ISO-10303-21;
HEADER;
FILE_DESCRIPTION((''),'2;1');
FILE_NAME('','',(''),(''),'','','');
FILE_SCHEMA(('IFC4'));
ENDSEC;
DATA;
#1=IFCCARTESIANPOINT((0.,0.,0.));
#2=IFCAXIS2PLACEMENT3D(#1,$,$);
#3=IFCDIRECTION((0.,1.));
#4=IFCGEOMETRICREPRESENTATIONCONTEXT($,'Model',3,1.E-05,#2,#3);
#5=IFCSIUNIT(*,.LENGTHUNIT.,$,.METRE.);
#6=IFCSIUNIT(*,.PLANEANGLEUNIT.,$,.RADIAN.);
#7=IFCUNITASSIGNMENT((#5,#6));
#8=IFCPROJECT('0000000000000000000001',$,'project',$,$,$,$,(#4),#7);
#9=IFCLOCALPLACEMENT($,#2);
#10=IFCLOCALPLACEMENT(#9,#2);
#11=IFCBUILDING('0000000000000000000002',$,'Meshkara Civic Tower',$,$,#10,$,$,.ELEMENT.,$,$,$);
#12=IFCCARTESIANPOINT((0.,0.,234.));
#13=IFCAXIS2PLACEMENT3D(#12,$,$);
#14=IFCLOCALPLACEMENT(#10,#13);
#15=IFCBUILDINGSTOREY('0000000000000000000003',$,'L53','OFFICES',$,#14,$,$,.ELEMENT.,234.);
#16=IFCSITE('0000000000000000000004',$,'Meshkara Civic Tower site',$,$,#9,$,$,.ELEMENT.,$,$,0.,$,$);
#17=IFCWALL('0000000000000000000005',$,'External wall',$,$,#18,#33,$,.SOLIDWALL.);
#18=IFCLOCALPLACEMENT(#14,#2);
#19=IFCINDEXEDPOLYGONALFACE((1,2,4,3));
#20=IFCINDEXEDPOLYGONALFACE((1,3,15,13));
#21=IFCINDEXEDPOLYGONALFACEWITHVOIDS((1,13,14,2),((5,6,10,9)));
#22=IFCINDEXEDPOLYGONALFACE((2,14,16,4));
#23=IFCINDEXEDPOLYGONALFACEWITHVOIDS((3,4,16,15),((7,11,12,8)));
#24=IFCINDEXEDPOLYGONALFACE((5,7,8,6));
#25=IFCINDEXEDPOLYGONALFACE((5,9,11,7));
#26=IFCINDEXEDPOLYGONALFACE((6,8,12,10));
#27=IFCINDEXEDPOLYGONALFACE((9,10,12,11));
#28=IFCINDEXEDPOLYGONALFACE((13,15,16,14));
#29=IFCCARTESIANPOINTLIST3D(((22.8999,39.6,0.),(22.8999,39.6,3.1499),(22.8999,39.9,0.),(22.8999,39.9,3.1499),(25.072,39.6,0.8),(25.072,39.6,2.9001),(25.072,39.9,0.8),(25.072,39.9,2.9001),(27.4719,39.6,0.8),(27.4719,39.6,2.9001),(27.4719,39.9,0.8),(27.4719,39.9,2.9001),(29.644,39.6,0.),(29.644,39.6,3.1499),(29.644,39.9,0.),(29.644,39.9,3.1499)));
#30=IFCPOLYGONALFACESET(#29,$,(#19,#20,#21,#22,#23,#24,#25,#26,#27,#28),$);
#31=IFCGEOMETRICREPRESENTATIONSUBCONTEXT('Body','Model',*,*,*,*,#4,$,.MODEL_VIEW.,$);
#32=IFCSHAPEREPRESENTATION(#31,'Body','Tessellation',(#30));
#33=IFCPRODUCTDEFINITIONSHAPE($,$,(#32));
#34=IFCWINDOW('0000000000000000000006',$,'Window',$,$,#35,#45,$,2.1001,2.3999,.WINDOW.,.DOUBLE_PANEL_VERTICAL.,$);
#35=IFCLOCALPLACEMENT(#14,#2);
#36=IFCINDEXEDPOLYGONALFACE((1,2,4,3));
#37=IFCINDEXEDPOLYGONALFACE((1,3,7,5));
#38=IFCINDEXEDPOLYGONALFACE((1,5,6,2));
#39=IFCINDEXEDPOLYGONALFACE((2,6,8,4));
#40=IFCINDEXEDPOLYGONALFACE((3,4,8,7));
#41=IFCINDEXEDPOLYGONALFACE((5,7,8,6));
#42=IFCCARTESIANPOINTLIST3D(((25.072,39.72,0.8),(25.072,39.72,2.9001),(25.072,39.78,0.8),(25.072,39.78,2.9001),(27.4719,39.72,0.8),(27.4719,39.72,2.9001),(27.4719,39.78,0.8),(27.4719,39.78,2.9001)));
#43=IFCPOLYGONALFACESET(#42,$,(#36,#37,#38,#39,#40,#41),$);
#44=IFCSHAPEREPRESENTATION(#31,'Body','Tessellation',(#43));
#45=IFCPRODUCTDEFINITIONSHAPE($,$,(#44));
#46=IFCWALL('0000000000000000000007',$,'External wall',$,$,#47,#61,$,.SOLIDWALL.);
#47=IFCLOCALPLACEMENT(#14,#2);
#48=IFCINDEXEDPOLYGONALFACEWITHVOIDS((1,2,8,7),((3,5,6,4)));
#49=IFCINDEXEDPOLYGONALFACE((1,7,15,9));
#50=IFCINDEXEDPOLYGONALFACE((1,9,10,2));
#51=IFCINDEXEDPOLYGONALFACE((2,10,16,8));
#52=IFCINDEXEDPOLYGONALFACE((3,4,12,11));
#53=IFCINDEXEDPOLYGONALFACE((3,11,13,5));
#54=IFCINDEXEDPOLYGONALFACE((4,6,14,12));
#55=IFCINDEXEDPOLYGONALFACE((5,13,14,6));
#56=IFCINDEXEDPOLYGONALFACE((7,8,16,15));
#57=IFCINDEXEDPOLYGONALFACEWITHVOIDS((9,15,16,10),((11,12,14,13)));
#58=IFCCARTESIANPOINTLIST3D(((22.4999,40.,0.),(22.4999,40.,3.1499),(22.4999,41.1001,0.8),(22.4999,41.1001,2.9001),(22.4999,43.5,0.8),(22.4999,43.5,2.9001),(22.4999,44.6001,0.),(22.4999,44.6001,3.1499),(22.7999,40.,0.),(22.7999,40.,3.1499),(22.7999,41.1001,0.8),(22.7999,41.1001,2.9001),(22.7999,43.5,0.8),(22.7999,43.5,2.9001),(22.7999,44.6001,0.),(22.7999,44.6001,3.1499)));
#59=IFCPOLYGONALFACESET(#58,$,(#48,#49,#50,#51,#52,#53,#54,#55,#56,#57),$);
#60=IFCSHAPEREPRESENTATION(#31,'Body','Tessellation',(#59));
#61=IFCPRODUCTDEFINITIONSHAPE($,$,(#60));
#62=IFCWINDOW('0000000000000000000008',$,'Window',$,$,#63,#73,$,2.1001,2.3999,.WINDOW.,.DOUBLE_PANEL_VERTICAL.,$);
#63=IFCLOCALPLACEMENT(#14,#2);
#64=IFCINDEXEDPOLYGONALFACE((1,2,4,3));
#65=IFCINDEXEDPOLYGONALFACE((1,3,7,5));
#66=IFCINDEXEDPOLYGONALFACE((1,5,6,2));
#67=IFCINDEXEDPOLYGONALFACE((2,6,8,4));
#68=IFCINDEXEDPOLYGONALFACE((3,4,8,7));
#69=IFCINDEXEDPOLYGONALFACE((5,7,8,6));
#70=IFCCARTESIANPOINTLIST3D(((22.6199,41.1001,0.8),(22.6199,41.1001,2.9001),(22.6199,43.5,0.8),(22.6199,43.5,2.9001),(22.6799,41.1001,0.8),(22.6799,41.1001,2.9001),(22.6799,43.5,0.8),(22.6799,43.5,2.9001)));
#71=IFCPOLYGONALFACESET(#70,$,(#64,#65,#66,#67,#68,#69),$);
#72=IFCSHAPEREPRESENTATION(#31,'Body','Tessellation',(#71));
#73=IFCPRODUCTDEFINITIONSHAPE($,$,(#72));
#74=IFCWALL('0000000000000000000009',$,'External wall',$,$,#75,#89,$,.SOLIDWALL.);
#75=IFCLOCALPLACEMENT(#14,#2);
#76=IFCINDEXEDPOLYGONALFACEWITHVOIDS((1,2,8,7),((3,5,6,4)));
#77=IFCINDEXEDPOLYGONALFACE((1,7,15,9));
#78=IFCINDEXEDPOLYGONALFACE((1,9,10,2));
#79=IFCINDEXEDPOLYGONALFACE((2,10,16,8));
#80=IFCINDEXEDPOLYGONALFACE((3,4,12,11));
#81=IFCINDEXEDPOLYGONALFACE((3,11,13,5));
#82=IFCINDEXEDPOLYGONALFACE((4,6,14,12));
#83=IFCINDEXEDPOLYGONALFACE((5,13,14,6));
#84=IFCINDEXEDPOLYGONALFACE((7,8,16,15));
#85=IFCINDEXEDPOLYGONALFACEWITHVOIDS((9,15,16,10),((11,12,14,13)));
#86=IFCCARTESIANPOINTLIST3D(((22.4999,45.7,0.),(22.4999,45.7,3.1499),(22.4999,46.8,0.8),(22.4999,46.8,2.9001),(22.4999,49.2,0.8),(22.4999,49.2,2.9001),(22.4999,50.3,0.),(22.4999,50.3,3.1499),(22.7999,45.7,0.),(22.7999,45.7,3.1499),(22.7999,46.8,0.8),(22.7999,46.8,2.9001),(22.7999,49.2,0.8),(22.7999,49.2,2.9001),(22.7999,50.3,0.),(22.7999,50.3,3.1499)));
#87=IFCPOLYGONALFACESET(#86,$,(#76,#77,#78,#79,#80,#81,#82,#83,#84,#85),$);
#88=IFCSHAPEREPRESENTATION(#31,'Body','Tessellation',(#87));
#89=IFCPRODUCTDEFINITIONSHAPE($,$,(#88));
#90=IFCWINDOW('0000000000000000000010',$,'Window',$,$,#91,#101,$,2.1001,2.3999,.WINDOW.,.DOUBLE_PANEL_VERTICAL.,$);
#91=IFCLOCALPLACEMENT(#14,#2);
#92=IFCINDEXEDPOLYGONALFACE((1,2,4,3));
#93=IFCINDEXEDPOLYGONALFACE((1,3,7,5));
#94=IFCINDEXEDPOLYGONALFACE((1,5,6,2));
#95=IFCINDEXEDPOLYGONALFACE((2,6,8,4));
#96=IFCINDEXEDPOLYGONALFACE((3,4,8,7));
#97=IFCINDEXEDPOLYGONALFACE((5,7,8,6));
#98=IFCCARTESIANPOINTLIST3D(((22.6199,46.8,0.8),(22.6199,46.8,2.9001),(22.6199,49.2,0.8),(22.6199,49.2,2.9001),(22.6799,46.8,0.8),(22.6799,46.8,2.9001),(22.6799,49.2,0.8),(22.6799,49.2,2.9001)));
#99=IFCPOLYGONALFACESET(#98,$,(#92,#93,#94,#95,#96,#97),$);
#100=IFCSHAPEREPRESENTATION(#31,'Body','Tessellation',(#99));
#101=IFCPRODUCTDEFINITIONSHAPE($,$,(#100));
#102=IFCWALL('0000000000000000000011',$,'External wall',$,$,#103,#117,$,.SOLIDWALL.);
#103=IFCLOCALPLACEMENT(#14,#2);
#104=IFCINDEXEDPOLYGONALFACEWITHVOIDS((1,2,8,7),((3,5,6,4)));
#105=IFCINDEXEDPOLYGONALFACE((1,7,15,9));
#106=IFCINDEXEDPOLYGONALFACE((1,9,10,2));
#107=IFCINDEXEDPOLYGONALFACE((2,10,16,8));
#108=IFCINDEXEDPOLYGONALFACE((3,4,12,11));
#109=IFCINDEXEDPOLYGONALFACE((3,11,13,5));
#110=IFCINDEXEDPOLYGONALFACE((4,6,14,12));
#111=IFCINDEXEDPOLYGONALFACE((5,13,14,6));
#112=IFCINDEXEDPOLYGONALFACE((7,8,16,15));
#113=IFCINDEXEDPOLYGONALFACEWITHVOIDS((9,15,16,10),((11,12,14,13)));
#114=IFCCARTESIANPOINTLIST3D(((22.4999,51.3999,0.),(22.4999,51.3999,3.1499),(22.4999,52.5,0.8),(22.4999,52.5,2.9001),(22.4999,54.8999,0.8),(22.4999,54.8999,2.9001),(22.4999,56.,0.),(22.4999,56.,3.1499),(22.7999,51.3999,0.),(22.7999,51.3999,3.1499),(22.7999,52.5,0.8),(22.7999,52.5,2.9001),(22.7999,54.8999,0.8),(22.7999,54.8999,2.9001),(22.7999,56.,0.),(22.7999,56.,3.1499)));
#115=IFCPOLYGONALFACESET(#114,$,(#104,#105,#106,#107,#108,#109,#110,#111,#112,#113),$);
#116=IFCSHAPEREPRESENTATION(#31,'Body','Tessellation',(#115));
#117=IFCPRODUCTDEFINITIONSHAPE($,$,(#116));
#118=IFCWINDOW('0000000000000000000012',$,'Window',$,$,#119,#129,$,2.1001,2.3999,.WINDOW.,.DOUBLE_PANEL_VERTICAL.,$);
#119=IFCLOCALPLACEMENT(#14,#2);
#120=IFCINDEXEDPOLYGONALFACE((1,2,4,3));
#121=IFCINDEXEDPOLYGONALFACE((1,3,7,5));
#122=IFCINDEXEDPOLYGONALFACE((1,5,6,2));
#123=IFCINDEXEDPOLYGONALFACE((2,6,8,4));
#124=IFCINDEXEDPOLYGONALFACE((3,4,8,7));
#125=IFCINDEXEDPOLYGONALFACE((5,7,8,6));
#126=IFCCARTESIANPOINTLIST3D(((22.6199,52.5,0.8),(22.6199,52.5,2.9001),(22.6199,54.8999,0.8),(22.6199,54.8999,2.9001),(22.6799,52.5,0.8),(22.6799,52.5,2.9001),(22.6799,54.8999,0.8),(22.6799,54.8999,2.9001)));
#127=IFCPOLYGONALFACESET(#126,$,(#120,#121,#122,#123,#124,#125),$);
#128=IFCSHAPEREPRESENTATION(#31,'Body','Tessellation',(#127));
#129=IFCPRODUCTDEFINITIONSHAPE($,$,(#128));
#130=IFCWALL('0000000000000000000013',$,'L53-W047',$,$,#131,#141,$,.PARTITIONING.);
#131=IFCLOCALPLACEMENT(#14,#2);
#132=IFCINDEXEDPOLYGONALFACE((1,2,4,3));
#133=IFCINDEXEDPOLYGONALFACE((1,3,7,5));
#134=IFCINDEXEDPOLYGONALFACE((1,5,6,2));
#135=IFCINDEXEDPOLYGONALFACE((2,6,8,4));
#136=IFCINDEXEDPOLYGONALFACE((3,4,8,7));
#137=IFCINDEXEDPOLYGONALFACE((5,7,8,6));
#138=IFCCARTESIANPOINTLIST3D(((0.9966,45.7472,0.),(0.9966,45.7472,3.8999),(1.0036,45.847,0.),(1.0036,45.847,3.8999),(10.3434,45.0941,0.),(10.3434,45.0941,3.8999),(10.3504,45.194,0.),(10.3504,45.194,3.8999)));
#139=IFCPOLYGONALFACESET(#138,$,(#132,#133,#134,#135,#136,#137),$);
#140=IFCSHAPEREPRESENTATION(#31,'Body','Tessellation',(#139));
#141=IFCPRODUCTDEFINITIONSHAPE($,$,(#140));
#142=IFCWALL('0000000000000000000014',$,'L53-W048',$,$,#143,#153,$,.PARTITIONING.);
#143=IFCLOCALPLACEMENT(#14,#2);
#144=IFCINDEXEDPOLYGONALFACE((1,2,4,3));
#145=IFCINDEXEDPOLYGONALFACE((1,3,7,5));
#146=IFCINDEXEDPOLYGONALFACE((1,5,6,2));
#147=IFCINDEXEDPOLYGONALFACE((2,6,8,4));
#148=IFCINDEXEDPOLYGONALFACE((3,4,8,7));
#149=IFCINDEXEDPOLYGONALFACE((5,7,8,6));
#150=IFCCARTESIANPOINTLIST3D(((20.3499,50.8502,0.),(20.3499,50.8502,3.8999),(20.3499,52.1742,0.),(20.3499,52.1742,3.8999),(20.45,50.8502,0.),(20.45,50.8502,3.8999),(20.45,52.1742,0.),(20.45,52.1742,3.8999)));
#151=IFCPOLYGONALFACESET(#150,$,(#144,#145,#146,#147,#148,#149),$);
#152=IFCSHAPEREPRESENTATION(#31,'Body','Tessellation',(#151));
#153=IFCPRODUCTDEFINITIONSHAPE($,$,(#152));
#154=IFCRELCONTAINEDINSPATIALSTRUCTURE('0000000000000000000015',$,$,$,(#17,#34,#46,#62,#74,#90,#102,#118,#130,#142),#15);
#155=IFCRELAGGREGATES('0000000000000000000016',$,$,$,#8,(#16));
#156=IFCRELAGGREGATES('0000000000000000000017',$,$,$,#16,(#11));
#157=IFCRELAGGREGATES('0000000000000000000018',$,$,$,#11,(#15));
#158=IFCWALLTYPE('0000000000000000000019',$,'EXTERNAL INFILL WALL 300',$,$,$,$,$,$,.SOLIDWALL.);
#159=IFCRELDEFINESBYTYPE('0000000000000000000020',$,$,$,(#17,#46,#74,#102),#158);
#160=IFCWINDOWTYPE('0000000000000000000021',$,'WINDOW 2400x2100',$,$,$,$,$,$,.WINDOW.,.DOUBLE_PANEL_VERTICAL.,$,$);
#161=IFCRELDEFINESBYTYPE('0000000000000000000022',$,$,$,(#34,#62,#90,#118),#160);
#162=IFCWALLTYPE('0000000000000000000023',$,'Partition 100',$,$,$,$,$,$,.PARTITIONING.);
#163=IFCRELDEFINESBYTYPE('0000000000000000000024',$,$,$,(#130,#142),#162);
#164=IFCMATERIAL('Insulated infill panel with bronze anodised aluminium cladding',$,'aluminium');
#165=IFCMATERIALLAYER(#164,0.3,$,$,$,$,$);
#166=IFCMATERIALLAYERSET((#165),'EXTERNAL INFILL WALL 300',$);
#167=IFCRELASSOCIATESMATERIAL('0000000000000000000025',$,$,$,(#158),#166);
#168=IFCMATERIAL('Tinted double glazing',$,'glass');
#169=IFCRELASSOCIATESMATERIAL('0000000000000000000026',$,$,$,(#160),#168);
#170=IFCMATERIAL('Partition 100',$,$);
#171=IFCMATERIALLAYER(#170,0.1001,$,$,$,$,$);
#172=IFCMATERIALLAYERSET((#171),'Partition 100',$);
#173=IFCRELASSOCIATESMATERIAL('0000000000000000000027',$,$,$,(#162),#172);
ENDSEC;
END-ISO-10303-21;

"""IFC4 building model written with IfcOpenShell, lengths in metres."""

from ifc_helpers import new_model, si_unit, direction, frame, frame_2d, origin, place, context, subcontext, project, spatial, rectangle, extrude, material, layer, layer_set, type_object, element, fill, save


model = new_model("IFC4")

# Units and contexts
model_context = context("Model", 3, precision=1e-05, world=origin(), true_north=direction((0.0, 1.0)))
body_context = subcontext(model_context, "Body", "Model", "MODEL_VIEW")
ifc_project = project(units=[si_unit("LENGTHUNIT", "METRE"), si_unit("PLANEANGLEUNIT", "RADIAN")], contexts=[model_context])

# Site, building, storey
site_placement = place(None, origin())
site = spatial("IfcSite", under=ifc_project, at=site_placement, Name="Meshkara Civic Tower site", CompositionType="ELEMENT", RefElevation=0.0)
building_placement = place(site_placement, origin())
building = spatial("IfcBuilding", under=site, at=building_placement, Name="Meshkara Civic Tower", CompositionType="ELEMENT")
storey_placement = place(building_placement, frame((0.0, 0.0, 234.0)))
storey = spatial("IfcBuildingStorey", under=building, at=storey_placement, Name="L53", Description="OFFICES", CompositionType="ELEMENT", Elevation=234.0)

# Walls, openings, windows
ifc_material_1 = material(Name="Insulated infill panel with bronze anodised aluminium cladding", Category="aluminium")
ifc_layer_1 = layer(ifc_material_1, 0.3)
ifc_layer_set_1 = layer_set([ifc_layer_1], Name="EXTERNAL INFILL WALL 300")
wall_type_1 = type_object("IfcWallType", Name="EXTERNAL INFILL WALL 300", PredefinedType="SOLIDWALL", material=ifc_layer_set_1)
wall_1_placement = place(storey_placement, frame((29.644, 39.75, 0.0), z_axis=(0.0, 0.0, 1.0), x_axis=(-1.0, 0.0, 0.0)))
wall_1 = element("IfcWall", 1, at=wall_1_placement, inside=storey, type_object=wall_type_1, Name="External wall", PredefinedType="SOLIDWALL", context=body_context, shape_type="SweptSolid", body=[
    extrude(rectangle(XDim=6.7441, YDim=0.3, at=frame_2d((3.3721, 0.0))), origin(), (0.0, 0.0, 1.0), 3.1499),
])
opening_1_placement = place(wall_1_placement, frame((2.1721, 0.0, 0.8)))
opening_1 = element("IfcOpeningElement", 2, at=opening_1_placement, cuts=wall_1, PredefinedType="OPENING", context=body_context, shape_type="SweptSolid", body=[
    extrude(rectangle(XDim=2.3999, YDim=2.1001, at=frame_2d((1.2, 1.05))), frame((0.0, 0.1599, 0.0), z_axis=(0.0, -1.0, 0.0), x_axis=(1.0, 0.0, 0.0)), (0.0, 0.0, 1.0), 0.3201),
])
ifc_material_2 = material(Name="Tinted double glazing", Category="glass")
window_type = type_object("IfcWindowType", Name="WINDOW 2400x2100", PartitioningType="DOUBLE_PANEL_VERTICAL", PredefinedType="WINDOW", material=ifc_material_2)
window_1_placement = place(opening_1_placement, origin())
window_1 = element("IfcWindow", 3, at=window_1_placement, inside=storey, type_object=window_type, Name="Window", OverallHeight=2.1001, OverallWidth=2.3999, PartitioningType="DOUBLE_PANEL_VERTICAL", PredefinedType="WINDOW", context=body_context, shape_type="SweptSolid", body=[
    extrude(rectangle(XDim=2.3999, YDim=2.1001, at=frame_2d((1.2, 1.05))), frame((0.0, 0.03, 0.0), z_axis=(0.0, -1.0, 0.0), x_axis=(1.0, 0.0, 0.0)), (0.0, 0.0, 1.0), 0.0601),
])
fill(opening_1, window_1)
wall_2_placement = place(storey_placement, frame((22.6499, 40.0, 0.0), z_axis=(0.0, 0.0, 1.0), x_axis=(0.0, 1.0, 0.0)))
wall_2 = element("IfcWall", 4, at=wall_2_placement, inside=storey, type_object=wall_type_1, Name="External wall", PredefinedType="SOLIDWALL", context=body_context, shape_type="SweptSolid", body=[
    extrude(rectangle(XDim=4.6001, YDim=0.3, at=frame_2d((2.3, 0.0))), origin(), (0.0, 0.0, 1.0), 3.1499),
])
opening_2_placement = place(wall_2_placement, frame((1.1001, 0.0, 0.8)))
opening_2 = element("IfcOpeningElement", 5, at=opening_2_placement, cuts=wall_2, PredefinedType="OPENING", context=body_context, shape_type="SweptSolid", body=[
    extrude(rectangle(XDim=2.3999, YDim=2.1001, at=frame_2d((1.2, 1.05))), frame((0.0, 0.1599, 0.0), z_axis=(0.0, -1.0, 0.0), x_axis=(1.0, 0.0, 0.0)), (0.0, 0.0, 1.0), 0.3201),
])
window_2_placement = place(opening_2_placement, origin())
window_2 = element("IfcWindow", 6, at=window_2_placement, inside=storey, type_object=window_type, Name="Window", OverallHeight=2.1001, OverallWidth=2.3999, PartitioningType="DOUBLE_PANEL_VERTICAL", PredefinedType="WINDOW", context=body_context, shape_type="SweptSolid", body=[
    extrude(rectangle(XDim=2.3999, YDim=2.1001, at=frame_2d((1.2, 1.05))), frame((0.0, 0.03, 0.0), z_axis=(0.0, -1.0, 0.0), x_axis=(1.0, 0.0, 0.0)), (0.0, 0.0, 1.0), 0.0601),
])
fill(opening_2, window_2)
wall_3_placement = place(storey_placement, frame((22.6499, 45.7, 0.0), z_axis=(0.0, 0.0, 1.0), x_axis=(0.0, 1.0, 0.0)))
wall_3 = element("IfcWall", 7, at=wall_3_placement, inside=storey, type_object=wall_type_1, Name="External wall", PredefinedType="SOLIDWALL", context=body_context, shape_type="SweptSolid", body=[
    extrude(rectangle(XDim=4.6001, YDim=0.3, at=frame_2d((2.3, 0.0))), origin(), (0.0, 0.0, 1.0), 3.1499),
])
opening_3_placement = place(wall_3_placement, frame((1.1001, 0.0, 0.8)))
opening_3 = element("IfcOpeningElement", 8, at=opening_3_placement, cuts=wall_3, PredefinedType="OPENING", context=body_context, shape_type="SweptSolid", body=[
    extrude(rectangle(XDim=2.3999, YDim=2.1001, at=frame_2d((1.2, 1.05))), frame((0.0, 0.1599, 0.0), z_axis=(0.0, -1.0, 0.0), x_axis=(1.0, 0.0, 0.0)), (0.0, 0.0, 1.0), 0.3201),
])
window_3_placement = place(opening_3_placement, origin())
window_3 = element("IfcWindow", 9, at=window_3_placement, inside=storey, type_object=window_type, Name="Window", OverallHeight=2.1001, OverallWidth=2.3999, PartitioningType="DOUBLE_PANEL_VERTICAL", PredefinedType="WINDOW", context=body_context, shape_type="SweptSolid", body=[
    extrude(rectangle(XDim=2.3999, YDim=2.1001, at=frame_2d((1.2, 1.05))), frame((0.0, 0.03, 0.0), z_axis=(0.0, -1.0, 0.0), x_axis=(1.0, 0.0, 0.0)), (0.0, 0.0, 1.0), 0.0601),
])
fill(opening_3, window_3)
wall_4_placement = place(storey_placement, frame((22.6499, 51.3999, 0.0), z_axis=(0.0, 0.0, 1.0), x_axis=(0.0, 1.0, 0.0)))
wall_4 = element("IfcWall", 10, at=wall_4_placement, inside=storey, type_object=wall_type_1, Name="External wall", PredefinedType="SOLIDWALL", context=body_context, shape_type="SweptSolid", body=[
    extrude(rectangle(XDim=4.6001, YDim=0.3, at=frame_2d((2.3, 0.0))), origin(), (0.0, 0.0, 1.0), 3.1499),
])
opening_4_placement = place(wall_4_placement, frame((1.1001, 0.0, 0.8)))
opening_4 = element("IfcOpeningElement", 11, at=opening_4_placement, cuts=wall_4, PredefinedType="OPENING", context=body_context, shape_type="SweptSolid", body=[
    extrude(rectangle(XDim=2.3999, YDim=2.1001, at=frame_2d((1.2, 1.05))), frame((0.0, 0.1599, 0.0), z_axis=(0.0, -1.0, 0.0), x_axis=(1.0, 0.0, 0.0)), (0.0, 0.0, 1.0), 0.3201),
])
window_4_placement = place(opening_4_placement, origin())
window_4 = element("IfcWindow", 12, at=window_4_placement, inside=storey, type_object=window_type, Name="Window", OverallHeight=2.1001, OverallWidth=2.3999, PartitioningType="DOUBLE_PANEL_VERTICAL", PredefinedType="WINDOW", context=body_context, shape_type="SweptSolid", body=[
    extrude(rectangle(XDim=2.3999, YDim=2.1001, at=frame_2d((1.2, 1.05))), frame((0.0, 0.03, 0.0), z_axis=(0.0, -1.0, 0.0), x_axis=(1.0, 0.0, 0.0)), (0.0, 0.0, 1.0), 0.0601),
])
fill(opening_4, window_4)

# Walls
ifc_material_3 = material(Name="Partition 100")
ifc_layer_2 = layer(ifc_material_3, 0.1001)
ifc_layer_set_2 = layer_set([ifc_layer_2], Name="Partition 100")
wall_type_2 = type_object("IfcWallType", Name="Partition 100", PredefinedType="PARTITIONING", material=ifc_layer_set_2)
wall_5_placement = place(storey_placement, frame((10.3469, 45.144, 0.0), z_axis=(0.0, 0.0, 1.0), x_axis=(-0.997568, 0.069701, 0.0)))
element("IfcWall", 13, at=wall_5_placement, inside=storey, type_object=wall_type_2, Name="L53-W047", PredefinedType="PARTITIONING", context=body_context, shape_type="SweptSolid", body=[
    extrude(rectangle(XDim=9.3696, YDim=0.1001, at=frame_2d((4.6848, 0.0))), origin(), (0.0, 0.0, 1.0), 3.8999),
])
wall_6_placement = place(storey_placement, frame((20.3999, 50.8501, 0.0), z_axis=(0.0, 0.0, 1.0), x_axis=(0.0, 1.0, 0.0)))
element("IfcWall", 14, at=wall_6_placement, inside=storey, type_object=wall_type_2, Name="L53-W048", PredefinedType="PARTITIONING", context=body_context, shape_type="SweptSolid", body=[
    extrude(rectangle(XDim=1.324, YDim=0.1001, at=frame_2d((0.6621, 0.0))), origin(), (0.0, 0.0, 1.0), 3.8999),
])

save(model, "model.ifc")
